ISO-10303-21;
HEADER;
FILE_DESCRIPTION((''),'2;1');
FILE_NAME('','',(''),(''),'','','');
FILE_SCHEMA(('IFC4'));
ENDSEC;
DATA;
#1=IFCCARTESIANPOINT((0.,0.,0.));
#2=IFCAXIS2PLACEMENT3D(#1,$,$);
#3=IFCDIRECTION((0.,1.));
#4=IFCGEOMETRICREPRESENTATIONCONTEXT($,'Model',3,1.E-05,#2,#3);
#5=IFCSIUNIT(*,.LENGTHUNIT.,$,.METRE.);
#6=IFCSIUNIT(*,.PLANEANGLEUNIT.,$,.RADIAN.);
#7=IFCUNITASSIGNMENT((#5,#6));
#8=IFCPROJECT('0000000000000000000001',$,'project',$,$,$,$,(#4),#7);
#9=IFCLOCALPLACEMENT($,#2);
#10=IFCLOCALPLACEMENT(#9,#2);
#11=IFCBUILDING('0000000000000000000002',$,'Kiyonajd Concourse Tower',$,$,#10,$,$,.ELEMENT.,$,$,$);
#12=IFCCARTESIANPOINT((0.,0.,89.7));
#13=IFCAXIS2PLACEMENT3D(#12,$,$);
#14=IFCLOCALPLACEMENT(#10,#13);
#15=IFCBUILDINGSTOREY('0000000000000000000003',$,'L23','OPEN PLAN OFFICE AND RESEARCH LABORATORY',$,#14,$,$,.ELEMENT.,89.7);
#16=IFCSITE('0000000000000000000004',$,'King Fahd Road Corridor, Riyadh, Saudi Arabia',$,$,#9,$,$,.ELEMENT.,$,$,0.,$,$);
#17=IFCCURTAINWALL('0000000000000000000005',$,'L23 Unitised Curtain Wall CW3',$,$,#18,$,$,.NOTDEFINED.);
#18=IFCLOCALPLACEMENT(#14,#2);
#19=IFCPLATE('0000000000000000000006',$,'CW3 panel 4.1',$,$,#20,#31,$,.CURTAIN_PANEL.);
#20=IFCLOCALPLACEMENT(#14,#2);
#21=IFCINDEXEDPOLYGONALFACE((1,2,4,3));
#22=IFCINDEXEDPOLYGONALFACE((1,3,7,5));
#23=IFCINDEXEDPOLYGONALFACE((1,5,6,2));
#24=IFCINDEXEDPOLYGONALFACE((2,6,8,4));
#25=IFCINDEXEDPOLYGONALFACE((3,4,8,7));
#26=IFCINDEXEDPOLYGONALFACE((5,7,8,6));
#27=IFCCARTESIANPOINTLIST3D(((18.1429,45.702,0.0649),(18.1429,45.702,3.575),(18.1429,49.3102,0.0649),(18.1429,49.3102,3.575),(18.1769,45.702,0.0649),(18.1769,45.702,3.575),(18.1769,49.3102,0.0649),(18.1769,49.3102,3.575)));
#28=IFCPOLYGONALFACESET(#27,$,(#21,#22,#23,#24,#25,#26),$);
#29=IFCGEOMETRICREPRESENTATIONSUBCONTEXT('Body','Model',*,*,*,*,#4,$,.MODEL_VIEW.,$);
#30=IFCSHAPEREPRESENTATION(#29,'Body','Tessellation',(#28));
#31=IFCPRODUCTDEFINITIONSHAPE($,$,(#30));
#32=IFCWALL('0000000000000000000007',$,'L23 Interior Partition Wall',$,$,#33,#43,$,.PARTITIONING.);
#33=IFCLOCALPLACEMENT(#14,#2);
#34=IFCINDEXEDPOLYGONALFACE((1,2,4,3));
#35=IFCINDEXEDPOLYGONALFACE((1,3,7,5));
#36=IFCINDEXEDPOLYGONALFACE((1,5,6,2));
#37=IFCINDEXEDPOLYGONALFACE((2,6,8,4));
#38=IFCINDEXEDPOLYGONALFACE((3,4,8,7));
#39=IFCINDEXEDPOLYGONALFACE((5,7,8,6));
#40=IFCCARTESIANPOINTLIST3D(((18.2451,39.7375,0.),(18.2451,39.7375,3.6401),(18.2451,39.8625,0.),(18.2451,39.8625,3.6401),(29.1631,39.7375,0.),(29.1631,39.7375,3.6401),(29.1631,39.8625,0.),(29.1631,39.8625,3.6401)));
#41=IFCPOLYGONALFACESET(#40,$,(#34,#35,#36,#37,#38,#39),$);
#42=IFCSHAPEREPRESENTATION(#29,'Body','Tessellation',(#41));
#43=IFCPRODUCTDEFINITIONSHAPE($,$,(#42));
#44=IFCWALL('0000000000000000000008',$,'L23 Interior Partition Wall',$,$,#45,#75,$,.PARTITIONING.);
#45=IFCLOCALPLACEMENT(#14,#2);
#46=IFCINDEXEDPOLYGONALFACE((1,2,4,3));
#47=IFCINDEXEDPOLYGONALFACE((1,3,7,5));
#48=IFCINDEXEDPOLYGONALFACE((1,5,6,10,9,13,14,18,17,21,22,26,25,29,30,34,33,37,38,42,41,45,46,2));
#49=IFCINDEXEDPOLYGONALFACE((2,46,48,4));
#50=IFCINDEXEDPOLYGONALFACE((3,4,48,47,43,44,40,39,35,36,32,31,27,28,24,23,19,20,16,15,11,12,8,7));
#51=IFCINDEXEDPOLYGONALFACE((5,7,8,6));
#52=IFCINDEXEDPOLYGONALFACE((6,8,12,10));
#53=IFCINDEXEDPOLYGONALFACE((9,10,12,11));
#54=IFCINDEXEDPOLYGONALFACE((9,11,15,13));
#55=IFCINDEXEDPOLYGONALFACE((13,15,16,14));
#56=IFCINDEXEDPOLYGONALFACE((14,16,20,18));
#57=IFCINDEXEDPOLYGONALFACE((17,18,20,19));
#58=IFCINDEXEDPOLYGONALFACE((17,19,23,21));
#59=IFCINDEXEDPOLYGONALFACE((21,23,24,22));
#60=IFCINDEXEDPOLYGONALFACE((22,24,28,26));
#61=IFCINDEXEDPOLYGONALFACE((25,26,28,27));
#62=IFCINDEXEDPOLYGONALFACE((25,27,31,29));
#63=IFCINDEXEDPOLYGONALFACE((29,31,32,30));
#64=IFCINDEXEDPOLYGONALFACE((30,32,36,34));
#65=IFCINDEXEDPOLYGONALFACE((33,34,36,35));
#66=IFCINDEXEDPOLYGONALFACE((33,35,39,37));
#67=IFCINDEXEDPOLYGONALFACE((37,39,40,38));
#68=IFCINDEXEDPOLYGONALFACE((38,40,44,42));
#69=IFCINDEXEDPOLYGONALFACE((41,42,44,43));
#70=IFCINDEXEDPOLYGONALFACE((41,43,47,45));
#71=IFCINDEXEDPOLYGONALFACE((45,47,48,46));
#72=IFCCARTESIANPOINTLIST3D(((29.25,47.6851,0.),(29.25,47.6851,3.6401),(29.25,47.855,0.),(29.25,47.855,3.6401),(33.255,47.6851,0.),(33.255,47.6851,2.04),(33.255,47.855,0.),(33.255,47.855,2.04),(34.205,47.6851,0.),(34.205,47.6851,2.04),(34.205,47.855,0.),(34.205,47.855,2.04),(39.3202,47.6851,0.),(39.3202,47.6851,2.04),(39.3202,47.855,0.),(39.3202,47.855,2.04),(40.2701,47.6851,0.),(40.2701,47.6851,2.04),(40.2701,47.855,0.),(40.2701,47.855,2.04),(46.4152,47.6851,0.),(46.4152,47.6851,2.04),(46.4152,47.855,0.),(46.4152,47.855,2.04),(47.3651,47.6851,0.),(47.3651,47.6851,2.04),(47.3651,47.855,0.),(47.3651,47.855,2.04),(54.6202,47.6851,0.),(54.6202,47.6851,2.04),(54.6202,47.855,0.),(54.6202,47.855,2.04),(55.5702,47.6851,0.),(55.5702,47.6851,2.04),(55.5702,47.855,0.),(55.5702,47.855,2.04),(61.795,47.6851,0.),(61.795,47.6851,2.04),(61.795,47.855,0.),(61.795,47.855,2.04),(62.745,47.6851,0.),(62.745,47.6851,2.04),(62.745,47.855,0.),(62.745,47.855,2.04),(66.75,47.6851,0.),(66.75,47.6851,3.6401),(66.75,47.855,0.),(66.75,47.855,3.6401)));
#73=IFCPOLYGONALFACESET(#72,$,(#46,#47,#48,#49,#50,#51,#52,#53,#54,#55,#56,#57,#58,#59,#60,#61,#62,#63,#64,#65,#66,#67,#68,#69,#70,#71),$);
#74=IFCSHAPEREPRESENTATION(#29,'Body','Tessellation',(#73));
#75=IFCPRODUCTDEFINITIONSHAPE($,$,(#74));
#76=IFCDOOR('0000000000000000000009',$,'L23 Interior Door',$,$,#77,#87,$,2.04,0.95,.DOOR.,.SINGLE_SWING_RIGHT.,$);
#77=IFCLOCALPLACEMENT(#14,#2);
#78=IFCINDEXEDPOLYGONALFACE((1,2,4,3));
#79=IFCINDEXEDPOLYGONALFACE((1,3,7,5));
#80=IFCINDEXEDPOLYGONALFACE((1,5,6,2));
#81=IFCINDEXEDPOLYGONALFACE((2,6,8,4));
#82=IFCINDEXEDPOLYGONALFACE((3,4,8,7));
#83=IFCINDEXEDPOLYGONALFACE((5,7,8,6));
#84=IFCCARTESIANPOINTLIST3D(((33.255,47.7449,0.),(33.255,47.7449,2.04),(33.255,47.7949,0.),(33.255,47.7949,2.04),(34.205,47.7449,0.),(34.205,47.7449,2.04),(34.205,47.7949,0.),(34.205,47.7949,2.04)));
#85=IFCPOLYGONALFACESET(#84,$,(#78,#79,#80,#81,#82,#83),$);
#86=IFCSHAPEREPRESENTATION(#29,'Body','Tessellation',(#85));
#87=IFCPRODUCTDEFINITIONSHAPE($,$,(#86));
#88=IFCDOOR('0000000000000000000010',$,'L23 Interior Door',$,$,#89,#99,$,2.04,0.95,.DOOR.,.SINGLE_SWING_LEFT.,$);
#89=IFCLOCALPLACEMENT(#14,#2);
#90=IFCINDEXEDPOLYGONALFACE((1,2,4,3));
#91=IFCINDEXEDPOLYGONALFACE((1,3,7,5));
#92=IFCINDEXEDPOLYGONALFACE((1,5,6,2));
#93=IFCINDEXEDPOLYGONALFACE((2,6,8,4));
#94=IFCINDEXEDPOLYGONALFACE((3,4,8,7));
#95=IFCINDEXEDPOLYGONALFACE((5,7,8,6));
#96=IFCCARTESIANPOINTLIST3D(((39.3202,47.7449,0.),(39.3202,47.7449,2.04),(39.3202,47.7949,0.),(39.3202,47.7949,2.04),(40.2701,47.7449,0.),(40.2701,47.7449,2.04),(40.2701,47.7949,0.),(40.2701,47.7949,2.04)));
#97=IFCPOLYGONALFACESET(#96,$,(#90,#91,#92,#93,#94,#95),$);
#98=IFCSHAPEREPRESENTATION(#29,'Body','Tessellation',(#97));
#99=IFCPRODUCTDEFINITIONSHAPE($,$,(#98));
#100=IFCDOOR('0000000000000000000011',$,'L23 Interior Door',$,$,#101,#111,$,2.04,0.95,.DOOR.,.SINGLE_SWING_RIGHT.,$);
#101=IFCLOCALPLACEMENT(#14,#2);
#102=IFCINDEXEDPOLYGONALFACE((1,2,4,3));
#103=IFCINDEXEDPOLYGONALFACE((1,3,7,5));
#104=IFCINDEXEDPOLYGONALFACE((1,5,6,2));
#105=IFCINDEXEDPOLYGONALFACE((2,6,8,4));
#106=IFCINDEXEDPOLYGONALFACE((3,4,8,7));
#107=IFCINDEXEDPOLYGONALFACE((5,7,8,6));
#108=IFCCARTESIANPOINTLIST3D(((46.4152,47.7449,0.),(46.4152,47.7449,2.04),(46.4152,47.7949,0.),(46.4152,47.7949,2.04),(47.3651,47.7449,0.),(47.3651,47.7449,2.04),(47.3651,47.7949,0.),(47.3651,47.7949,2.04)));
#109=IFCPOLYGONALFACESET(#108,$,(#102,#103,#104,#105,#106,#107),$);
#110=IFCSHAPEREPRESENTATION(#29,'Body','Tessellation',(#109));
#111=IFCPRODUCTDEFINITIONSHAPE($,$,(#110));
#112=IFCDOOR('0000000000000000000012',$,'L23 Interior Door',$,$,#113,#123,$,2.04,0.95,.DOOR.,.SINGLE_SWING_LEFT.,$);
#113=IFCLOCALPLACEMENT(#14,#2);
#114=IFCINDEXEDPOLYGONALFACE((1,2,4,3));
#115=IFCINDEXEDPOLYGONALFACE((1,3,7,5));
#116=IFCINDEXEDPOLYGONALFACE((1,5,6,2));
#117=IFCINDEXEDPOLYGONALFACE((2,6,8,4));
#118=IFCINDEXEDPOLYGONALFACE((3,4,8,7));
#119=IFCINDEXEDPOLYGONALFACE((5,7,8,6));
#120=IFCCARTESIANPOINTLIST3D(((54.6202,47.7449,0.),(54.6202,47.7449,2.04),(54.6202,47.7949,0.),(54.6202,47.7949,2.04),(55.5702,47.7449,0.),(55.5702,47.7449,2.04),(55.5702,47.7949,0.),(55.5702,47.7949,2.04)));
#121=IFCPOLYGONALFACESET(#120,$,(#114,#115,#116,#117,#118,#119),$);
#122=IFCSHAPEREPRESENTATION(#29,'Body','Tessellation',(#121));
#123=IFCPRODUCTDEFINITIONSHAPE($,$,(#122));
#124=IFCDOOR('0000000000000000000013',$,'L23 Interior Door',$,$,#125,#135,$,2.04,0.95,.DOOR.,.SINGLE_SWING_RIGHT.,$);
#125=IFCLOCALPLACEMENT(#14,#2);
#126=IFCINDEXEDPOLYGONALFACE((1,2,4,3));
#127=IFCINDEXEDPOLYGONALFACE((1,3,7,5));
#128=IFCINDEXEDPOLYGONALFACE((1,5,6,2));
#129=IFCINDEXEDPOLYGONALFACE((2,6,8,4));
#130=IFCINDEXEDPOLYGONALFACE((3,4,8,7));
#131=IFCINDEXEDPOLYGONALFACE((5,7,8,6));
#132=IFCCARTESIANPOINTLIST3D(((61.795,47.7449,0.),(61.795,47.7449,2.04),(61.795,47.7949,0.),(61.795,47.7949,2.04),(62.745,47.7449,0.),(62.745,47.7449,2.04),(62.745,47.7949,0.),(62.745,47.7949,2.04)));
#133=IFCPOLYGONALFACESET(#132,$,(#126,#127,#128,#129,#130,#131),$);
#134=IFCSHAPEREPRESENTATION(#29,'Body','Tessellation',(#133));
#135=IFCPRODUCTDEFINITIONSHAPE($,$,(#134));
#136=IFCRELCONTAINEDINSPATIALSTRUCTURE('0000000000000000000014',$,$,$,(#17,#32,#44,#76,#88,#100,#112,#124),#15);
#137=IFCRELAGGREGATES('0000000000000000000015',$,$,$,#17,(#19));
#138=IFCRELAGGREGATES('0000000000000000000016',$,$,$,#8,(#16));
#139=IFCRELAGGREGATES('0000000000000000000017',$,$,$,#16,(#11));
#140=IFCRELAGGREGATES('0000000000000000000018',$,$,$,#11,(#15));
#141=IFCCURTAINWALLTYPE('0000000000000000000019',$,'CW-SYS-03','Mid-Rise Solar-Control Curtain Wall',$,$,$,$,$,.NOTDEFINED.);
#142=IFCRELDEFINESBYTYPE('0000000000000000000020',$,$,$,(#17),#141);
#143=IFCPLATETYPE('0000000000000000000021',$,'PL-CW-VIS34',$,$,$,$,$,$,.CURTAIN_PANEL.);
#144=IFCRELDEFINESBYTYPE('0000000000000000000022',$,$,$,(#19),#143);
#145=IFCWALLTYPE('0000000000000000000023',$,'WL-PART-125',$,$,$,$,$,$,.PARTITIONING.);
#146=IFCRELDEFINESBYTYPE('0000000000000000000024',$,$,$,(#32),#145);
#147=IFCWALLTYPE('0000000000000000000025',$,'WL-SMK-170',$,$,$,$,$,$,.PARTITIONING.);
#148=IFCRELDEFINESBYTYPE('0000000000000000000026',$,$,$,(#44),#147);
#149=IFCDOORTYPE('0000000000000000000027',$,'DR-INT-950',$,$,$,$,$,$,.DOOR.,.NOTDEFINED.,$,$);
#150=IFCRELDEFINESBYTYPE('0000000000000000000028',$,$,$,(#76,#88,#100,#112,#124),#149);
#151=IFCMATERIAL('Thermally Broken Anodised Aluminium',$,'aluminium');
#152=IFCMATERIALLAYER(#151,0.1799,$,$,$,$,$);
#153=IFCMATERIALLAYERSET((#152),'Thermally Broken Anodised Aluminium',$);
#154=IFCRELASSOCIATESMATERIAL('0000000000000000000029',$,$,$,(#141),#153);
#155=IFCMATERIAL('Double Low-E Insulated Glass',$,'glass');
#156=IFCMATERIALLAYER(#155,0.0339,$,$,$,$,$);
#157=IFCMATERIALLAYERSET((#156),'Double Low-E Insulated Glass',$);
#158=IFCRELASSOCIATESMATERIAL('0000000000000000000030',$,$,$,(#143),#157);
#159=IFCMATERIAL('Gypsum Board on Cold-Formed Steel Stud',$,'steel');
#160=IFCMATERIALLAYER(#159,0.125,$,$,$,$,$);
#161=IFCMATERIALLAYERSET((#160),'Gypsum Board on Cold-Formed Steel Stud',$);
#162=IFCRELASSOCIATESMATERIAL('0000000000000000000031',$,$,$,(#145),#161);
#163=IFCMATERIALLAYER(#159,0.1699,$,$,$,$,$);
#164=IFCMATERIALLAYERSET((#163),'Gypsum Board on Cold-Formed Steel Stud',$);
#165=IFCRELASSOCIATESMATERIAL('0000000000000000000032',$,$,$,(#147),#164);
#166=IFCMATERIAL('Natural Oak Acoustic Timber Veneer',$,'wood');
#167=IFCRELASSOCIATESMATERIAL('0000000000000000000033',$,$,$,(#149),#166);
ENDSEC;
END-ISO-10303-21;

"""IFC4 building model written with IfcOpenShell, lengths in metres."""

from ifc_helpers import new_model, si_unit, direction, frame, frame_2d, origin, origin_2d, place, context, subcontext, project, spatial, rectangle, extrude, material, layer, layer_set, type_object, element, fill, aggregate, save


model = new_model("IFC4")

# Units and contexts
model_context = context("Model", 3, precision=1e-05, world=origin(), true_north=direction((0.0, 1.0)))
body_context = subcontext(model_context, "Body", "Model", "MODEL_VIEW")
ifc_project = project(units=[si_unit("LENGTHUNIT", "METRE"), si_unit("PLANEANGLEUNIT", "RADIAN")], contexts=[model_context])

# Site, building, storey
site_placement = place(None, origin())
site = spatial("IfcSite", under=ifc_project, at=site_placement, Name="King Fahd Road Corridor, Riyadh, Saudi Arabia", CompositionType="ELEMENT", RefElevation=0.0)
building_placement = place(site_placement, origin())
building = spatial("IfcBuilding", under=site, at=building_placement, Name="Kiyonajd Concourse Tower", CompositionType="ELEMENT")
storey_placement = place(building_placement, frame((0.0, 0.0, 89.7)))
storey = spatial("IfcBuildingStorey", under=building, at=storey_placement, Name="L23", Description="OPEN PLAN OFFICE AND RESEARCH LABORATORY", CompositionType="ELEMENT", Elevation=89.7)

# Curtain wall, plate
ifc_material_1 = material(Name="Thermally Broken Anodised Aluminium", Category="aluminium")
ifc_layer_1 = layer(ifc_material_1, 0.1799)
ifc_layer_set_1 = layer_set([ifc_layer_1], Name="Thermally Broken Anodised Aluminium")
curtain_wall_type = type_object("IfcCurtainWallType", Name="CW-SYS-03", Description="Mid-Rise Solar-Control Curtain Wall", PredefinedType="NOTDEFINED", material=ifc_layer_set_1)
curtain_wall_placement = place(storey_placement, origin())
curtain_wall = element("IfcCurtainWall", 1, at=curtain_wall_placement, inside=storey, type_object=curtain_wall_type, Name="L23 Unitised Curtain Wall CW3", PredefinedType="NOTDEFINED")
ifc_material_2 = material(Name="Double Low-E Insulated Glass", Category="glass")
ifc_layer_2 = layer(ifc_material_2, 0.0339)
ifc_layer_set_2 = layer_set([ifc_layer_2], Name="Double Low-E Insulated Glass")
plate_type = type_object("IfcPlateType", Name="PL-CW-VIS34", PredefinedType="CURTAIN_PANEL", material=ifc_layer_set_2)
plate_1_placement = place(storey_placement, frame((18.1599, 47.5061, 0.0649), z_axis=(0.0, 0.0, 1.0), x_axis=(0.0, 1.0, 0.0)))
plate_1 = element("IfcPlate", 2, at=plate_1_placement, type_object=plate_type, Name="CW3 panel 4.1", PredefinedType="CURTAIN_PANEL", context=body_context, shape_type="SweptSolid", body=[
    extrude(rectangle(XDim=3.6082, YDim=0.0339, at=origin_2d()), origin(), (0.0, 0.0, 1.0), 3.51),
])
aggregate(curtain_wall, [plate_1])

# Wall
ifc_material_3 = material(Name="Gypsum Board on Cold-Formed Steel Stud", Category="steel")
ifc_layer_3 = layer(ifc_material_3, 0.125)
ifc_layer_set_3 = layer_set([ifc_layer_3], Name="Gypsum Board on Cold-Formed Steel Stud")
wall_type_1 = type_object("IfcWallType", Name="WL-PART-125", PredefinedType="PARTITIONING", material=ifc_layer_set_3)
wall_1_placement = place(storey_placement, frame((18.2451, 39.8, 0.0), z_axis=(0.0, 0.0, 1.0), x_axis=(1.0, 0.0, 0.0)))
element("IfcWall", 3, at=wall_1_placement, inside=storey, type_object=wall_type_1, Name="L23 Interior Partition Wall", PredefinedType="PARTITIONING", context=body_context, shape_type="SweptSolid", body=[
    extrude(rectangle(XDim=10.918, YDim=0.125, at=frame_2d((5.459, 0.0))), origin(), (0.0, 0.0, 1.0), 3.6401),
])

# Wall, openings, doors
ifc_layer_4 = layer(ifc_material_3, 0.1699)
ifc_layer_set_4 = layer_set([ifc_layer_4], Name="Gypsum Board on Cold-Formed Steel Stud")
wall_type_2 = type_object("IfcWallType", Name="WL-SMK-170", PredefinedType="PARTITIONING", material=ifc_layer_set_4)
wall_2_placement = place(storey_placement, frame((29.25, 47.77, 0.0), z_axis=(0.0, 0.0, 1.0), x_axis=(1.0, 0.0, 0.0)))
wall_2 = element("IfcWall", 4, at=wall_2_placement, inside=storey, type_object=wall_type_2, Name="L23 Interior Partition Wall", PredefinedType="PARTITIONING", context=body_context, shape_type="SweptSolid", body=[
    extrude(rectangle(XDim=37.5, YDim=0.1699, at=frame_2d((18.75, 0.0))), origin(), (0.0, 0.0, 1.0), 3.6401),
])
opening_1_placement = place(wall_2_placement, frame((4.0049, 0.0, 0.0)))
opening_1 = element("IfcOpeningElement", 5, at=opening_1_placement, cuts=wall_2, PredefinedType="OPENING", context=body_context, shape_type="SweptSolid", body=[
    extrude(rectangle(XDim=0.95, YDim=2.04, at=frame_2d((0.4751, 1.02))), frame((0.0, 0.095, 0.0), z_axis=(0.0, -1.0, 0.0), x_axis=(1.0, 0.0, 0.0)), (0.0, 0.0, 1.0), 0.1899),
])
opening_2_placement = place(wall_2_placement, frame((10.0701, 0.0, 0.0)))
opening_2 = element("IfcOpeningElement", 6, at=opening_2_placement, cuts=wall_2, PredefinedType="OPENING", context=body_context, shape_type="SweptSolid", body=[
    extrude(rectangle(XDim=0.95, YDim=2.04, at=frame_2d((0.4751, 1.02))), frame((0.0, 0.095, 0.0), z_axis=(0.0, -1.0, 0.0), x_axis=(1.0, 0.0, 0.0)), (0.0, 0.0, 1.0), 0.1899),
])
opening_3_placement = place(wall_2_placement, frame((17.165, 0.0, 0.0)))
opening_3 = element("IfcOpeningElement", 7, at=opening_3_placement, cuts=wall_2, PredefinedType="OPENING", context=body_context, shape_type="SweptSolid", body=[
    extrude(rectangle(XDim=0.95, YDim=2.04, at=frame_2d((0.4751, 1.02))), frame((0.0, 0.095, 0.0), z_axis=(0.0, -1.0, 0.0), x_axis=(1.0, 0.0, 0.0)), (0.0, 0.0, 1.0), 0.1899),
])
opening_4_placement = place(wall_2_placement, frame((25.3701, 0.0, 0.0)))
opening_4 = element("IfcOpeningElement", 8, at=opening_4_placement, cuts=wall_2, PredefinedType="OPENING", context=body_context, shape_type="SweptSolid", body=[
    extrude(rectangle(XDim=0.95, YDim=2.04, at=frame_2d((0.4751, 1.02))), frame((0.0, 0.095, 0.0), z_axis=(0.0, -1.0, 0.0), x_axis=(1.0, 0.0, 0.0)), (0.0, 0.0, 1.0), 0.1899),
])
opening_5_placement = place(wall_2_placement, frame((32.5449, 0.0, 0.0)))
opening_5 = element("IfcOpeningElement", 9, at=opening_5_placement, cuts=wall_2, PredefinedType="OPENING", context=body_context, shape_type="SweptSolid", body=[
    extrude(rectangle(XDim=0.95, YDim=2.04, at=frame_2d((0.4751, 1.02))), frame((0.0, 0.095, 0.0), z_axis=(0.0, -1.0, 0.0), x_axis=(1.0, 0.0, 0.0)), (0.0, 0.0, 1.0), 0.1899),
])
ifc_material_4 = material(Name="Natural Oak Acoustic Timber Veneer", Category="wood")
door_type = type_object("IfcDoorType", Name="DR-INT-950", OperationType="NOTDEFINED", PredefinedType="DOOR", material=ifc_material_4)
door_1_placement = place(opening_1_placement, origin())
door_1 = element("IfcDoor", 10, at=door_1_placement, inside=storey, type_object=door_type, Name="L23 Interior Door", OperationType="SINGLE_SWING_RIGHT", OverallHeight=2.04, OverallWidth=0.95, PredefinedType="DOOR", context=body_context, shape_type="SweptSolid", body=[
    extrude(rectangle(XDim=0.95, YDim=2.04, at=frame_2d((0.4751, 1.02))), frame((0.0, 0.0249, 0.0), z_axis=(0.0, -1.0, 0.0), x_axis=(1.0, 0.0, 0.0)), (0.0, 0.0, 1.0), 0.05),
])
fill(opening_1, door_1)
door_2_placement = place(opening_2_placement, origin())
door_2 = element("IfcDoor", 11, at=door_2_placement, inside=storey, type_object=door_type, Name="L23 Interior Door", OperationType="SINGLE_SWING_LEFT", OverallHeight=2.04, OverallWidth=0.95, PredefinedType="DOOR", context=body_context, shape_type="SweptSolid", body=[
    extrude(rectangle(XDim=0.95, YDim=2.04, at=frame_2d((0.4751, 1.02))), frame((0.0, 0.0249, 0.0), z_axis=(0.0, -1.0, 0.0), x_axis=(1.0, 0.0, 0.0)), (0.0, 0.0, 1.0), 0.05),
])
fill(opening_2, door_2)
door_3_placement = place(opening_3_placement, origin())
door_3 = element("IfcDoor", 12, at=door_3_placement, inside=storey, type_object=door_type, Name="L23 Interior Door", OperationType="SINGLE_SWING_RIGHT", OverallHeight=2.04, OverallWidth=0.95, PredefinedType="DOOR", context=body_context, shape_type="SweptSolid", body=[
    extrude(rectangle(XDim=0.95, YDim=2.04, at=frame_2d((0.4751, 1.02))), frame((0.0, 0.0249, 0.0), z_axis=(0.0, -1.0, 0.0), x_axis=(1.0, 0.0, 0.0)), (0.0, 0.0, 1.0), 0.05),
])
fill(opening_3, door_3)
door_4_placement = place(opening_4_placement, origin())
door_4 = element("IfcDoor", 13, at=door_4_placement, inside=storey, type_object=door_type, Name="L23 Interior Door", OperationType="SINGLE_SWING_LEFT", OverallHeight=2.04, OverallWidth=0.95, PredefinedType="DOOR", context=body_context, shape_type="SweptSolid", body=[
    extrude(rectangle(XDim=0.95, YDim=2.04, at=frame_2d((0.4751, 1.02))), frame((0.0, 0.0249, 0.0), z_axis=(0.0, -1.0, 0.0), x_axis=(1.0, 0.0, 0.0)), (0.0, 0.0, 1.0), 0.05),
])
fill(opening_4, door_4)
door_5_placement = place(opening_5_placement, origin())
door_5 = element("IfcDoor", 14, at=door_5_placement, inside=storey, type_object=door_type, Name="L23 Interior Door", OperationType="SINGLE_SWING_RIGHT", OverallHeight=2.04, OverallWidth=0.95, PredefinedType="DOOR", context=body_context, shape_type="SweptSolid", body=[
    extrude(rectangle(XDim=0.95, YDim=2.04, at=frame_2d((0.4751, 1.02))), frame((0.0, 0.0249, 0.0), z_axis=(0.0, -1.0, 0.0), x_axis=(1.0, 0.0, 0.0)), (0.0, 0.0, 1.0), 0.05),
])
fill(opening_5, door_5)

save(model, "model.ifc")
